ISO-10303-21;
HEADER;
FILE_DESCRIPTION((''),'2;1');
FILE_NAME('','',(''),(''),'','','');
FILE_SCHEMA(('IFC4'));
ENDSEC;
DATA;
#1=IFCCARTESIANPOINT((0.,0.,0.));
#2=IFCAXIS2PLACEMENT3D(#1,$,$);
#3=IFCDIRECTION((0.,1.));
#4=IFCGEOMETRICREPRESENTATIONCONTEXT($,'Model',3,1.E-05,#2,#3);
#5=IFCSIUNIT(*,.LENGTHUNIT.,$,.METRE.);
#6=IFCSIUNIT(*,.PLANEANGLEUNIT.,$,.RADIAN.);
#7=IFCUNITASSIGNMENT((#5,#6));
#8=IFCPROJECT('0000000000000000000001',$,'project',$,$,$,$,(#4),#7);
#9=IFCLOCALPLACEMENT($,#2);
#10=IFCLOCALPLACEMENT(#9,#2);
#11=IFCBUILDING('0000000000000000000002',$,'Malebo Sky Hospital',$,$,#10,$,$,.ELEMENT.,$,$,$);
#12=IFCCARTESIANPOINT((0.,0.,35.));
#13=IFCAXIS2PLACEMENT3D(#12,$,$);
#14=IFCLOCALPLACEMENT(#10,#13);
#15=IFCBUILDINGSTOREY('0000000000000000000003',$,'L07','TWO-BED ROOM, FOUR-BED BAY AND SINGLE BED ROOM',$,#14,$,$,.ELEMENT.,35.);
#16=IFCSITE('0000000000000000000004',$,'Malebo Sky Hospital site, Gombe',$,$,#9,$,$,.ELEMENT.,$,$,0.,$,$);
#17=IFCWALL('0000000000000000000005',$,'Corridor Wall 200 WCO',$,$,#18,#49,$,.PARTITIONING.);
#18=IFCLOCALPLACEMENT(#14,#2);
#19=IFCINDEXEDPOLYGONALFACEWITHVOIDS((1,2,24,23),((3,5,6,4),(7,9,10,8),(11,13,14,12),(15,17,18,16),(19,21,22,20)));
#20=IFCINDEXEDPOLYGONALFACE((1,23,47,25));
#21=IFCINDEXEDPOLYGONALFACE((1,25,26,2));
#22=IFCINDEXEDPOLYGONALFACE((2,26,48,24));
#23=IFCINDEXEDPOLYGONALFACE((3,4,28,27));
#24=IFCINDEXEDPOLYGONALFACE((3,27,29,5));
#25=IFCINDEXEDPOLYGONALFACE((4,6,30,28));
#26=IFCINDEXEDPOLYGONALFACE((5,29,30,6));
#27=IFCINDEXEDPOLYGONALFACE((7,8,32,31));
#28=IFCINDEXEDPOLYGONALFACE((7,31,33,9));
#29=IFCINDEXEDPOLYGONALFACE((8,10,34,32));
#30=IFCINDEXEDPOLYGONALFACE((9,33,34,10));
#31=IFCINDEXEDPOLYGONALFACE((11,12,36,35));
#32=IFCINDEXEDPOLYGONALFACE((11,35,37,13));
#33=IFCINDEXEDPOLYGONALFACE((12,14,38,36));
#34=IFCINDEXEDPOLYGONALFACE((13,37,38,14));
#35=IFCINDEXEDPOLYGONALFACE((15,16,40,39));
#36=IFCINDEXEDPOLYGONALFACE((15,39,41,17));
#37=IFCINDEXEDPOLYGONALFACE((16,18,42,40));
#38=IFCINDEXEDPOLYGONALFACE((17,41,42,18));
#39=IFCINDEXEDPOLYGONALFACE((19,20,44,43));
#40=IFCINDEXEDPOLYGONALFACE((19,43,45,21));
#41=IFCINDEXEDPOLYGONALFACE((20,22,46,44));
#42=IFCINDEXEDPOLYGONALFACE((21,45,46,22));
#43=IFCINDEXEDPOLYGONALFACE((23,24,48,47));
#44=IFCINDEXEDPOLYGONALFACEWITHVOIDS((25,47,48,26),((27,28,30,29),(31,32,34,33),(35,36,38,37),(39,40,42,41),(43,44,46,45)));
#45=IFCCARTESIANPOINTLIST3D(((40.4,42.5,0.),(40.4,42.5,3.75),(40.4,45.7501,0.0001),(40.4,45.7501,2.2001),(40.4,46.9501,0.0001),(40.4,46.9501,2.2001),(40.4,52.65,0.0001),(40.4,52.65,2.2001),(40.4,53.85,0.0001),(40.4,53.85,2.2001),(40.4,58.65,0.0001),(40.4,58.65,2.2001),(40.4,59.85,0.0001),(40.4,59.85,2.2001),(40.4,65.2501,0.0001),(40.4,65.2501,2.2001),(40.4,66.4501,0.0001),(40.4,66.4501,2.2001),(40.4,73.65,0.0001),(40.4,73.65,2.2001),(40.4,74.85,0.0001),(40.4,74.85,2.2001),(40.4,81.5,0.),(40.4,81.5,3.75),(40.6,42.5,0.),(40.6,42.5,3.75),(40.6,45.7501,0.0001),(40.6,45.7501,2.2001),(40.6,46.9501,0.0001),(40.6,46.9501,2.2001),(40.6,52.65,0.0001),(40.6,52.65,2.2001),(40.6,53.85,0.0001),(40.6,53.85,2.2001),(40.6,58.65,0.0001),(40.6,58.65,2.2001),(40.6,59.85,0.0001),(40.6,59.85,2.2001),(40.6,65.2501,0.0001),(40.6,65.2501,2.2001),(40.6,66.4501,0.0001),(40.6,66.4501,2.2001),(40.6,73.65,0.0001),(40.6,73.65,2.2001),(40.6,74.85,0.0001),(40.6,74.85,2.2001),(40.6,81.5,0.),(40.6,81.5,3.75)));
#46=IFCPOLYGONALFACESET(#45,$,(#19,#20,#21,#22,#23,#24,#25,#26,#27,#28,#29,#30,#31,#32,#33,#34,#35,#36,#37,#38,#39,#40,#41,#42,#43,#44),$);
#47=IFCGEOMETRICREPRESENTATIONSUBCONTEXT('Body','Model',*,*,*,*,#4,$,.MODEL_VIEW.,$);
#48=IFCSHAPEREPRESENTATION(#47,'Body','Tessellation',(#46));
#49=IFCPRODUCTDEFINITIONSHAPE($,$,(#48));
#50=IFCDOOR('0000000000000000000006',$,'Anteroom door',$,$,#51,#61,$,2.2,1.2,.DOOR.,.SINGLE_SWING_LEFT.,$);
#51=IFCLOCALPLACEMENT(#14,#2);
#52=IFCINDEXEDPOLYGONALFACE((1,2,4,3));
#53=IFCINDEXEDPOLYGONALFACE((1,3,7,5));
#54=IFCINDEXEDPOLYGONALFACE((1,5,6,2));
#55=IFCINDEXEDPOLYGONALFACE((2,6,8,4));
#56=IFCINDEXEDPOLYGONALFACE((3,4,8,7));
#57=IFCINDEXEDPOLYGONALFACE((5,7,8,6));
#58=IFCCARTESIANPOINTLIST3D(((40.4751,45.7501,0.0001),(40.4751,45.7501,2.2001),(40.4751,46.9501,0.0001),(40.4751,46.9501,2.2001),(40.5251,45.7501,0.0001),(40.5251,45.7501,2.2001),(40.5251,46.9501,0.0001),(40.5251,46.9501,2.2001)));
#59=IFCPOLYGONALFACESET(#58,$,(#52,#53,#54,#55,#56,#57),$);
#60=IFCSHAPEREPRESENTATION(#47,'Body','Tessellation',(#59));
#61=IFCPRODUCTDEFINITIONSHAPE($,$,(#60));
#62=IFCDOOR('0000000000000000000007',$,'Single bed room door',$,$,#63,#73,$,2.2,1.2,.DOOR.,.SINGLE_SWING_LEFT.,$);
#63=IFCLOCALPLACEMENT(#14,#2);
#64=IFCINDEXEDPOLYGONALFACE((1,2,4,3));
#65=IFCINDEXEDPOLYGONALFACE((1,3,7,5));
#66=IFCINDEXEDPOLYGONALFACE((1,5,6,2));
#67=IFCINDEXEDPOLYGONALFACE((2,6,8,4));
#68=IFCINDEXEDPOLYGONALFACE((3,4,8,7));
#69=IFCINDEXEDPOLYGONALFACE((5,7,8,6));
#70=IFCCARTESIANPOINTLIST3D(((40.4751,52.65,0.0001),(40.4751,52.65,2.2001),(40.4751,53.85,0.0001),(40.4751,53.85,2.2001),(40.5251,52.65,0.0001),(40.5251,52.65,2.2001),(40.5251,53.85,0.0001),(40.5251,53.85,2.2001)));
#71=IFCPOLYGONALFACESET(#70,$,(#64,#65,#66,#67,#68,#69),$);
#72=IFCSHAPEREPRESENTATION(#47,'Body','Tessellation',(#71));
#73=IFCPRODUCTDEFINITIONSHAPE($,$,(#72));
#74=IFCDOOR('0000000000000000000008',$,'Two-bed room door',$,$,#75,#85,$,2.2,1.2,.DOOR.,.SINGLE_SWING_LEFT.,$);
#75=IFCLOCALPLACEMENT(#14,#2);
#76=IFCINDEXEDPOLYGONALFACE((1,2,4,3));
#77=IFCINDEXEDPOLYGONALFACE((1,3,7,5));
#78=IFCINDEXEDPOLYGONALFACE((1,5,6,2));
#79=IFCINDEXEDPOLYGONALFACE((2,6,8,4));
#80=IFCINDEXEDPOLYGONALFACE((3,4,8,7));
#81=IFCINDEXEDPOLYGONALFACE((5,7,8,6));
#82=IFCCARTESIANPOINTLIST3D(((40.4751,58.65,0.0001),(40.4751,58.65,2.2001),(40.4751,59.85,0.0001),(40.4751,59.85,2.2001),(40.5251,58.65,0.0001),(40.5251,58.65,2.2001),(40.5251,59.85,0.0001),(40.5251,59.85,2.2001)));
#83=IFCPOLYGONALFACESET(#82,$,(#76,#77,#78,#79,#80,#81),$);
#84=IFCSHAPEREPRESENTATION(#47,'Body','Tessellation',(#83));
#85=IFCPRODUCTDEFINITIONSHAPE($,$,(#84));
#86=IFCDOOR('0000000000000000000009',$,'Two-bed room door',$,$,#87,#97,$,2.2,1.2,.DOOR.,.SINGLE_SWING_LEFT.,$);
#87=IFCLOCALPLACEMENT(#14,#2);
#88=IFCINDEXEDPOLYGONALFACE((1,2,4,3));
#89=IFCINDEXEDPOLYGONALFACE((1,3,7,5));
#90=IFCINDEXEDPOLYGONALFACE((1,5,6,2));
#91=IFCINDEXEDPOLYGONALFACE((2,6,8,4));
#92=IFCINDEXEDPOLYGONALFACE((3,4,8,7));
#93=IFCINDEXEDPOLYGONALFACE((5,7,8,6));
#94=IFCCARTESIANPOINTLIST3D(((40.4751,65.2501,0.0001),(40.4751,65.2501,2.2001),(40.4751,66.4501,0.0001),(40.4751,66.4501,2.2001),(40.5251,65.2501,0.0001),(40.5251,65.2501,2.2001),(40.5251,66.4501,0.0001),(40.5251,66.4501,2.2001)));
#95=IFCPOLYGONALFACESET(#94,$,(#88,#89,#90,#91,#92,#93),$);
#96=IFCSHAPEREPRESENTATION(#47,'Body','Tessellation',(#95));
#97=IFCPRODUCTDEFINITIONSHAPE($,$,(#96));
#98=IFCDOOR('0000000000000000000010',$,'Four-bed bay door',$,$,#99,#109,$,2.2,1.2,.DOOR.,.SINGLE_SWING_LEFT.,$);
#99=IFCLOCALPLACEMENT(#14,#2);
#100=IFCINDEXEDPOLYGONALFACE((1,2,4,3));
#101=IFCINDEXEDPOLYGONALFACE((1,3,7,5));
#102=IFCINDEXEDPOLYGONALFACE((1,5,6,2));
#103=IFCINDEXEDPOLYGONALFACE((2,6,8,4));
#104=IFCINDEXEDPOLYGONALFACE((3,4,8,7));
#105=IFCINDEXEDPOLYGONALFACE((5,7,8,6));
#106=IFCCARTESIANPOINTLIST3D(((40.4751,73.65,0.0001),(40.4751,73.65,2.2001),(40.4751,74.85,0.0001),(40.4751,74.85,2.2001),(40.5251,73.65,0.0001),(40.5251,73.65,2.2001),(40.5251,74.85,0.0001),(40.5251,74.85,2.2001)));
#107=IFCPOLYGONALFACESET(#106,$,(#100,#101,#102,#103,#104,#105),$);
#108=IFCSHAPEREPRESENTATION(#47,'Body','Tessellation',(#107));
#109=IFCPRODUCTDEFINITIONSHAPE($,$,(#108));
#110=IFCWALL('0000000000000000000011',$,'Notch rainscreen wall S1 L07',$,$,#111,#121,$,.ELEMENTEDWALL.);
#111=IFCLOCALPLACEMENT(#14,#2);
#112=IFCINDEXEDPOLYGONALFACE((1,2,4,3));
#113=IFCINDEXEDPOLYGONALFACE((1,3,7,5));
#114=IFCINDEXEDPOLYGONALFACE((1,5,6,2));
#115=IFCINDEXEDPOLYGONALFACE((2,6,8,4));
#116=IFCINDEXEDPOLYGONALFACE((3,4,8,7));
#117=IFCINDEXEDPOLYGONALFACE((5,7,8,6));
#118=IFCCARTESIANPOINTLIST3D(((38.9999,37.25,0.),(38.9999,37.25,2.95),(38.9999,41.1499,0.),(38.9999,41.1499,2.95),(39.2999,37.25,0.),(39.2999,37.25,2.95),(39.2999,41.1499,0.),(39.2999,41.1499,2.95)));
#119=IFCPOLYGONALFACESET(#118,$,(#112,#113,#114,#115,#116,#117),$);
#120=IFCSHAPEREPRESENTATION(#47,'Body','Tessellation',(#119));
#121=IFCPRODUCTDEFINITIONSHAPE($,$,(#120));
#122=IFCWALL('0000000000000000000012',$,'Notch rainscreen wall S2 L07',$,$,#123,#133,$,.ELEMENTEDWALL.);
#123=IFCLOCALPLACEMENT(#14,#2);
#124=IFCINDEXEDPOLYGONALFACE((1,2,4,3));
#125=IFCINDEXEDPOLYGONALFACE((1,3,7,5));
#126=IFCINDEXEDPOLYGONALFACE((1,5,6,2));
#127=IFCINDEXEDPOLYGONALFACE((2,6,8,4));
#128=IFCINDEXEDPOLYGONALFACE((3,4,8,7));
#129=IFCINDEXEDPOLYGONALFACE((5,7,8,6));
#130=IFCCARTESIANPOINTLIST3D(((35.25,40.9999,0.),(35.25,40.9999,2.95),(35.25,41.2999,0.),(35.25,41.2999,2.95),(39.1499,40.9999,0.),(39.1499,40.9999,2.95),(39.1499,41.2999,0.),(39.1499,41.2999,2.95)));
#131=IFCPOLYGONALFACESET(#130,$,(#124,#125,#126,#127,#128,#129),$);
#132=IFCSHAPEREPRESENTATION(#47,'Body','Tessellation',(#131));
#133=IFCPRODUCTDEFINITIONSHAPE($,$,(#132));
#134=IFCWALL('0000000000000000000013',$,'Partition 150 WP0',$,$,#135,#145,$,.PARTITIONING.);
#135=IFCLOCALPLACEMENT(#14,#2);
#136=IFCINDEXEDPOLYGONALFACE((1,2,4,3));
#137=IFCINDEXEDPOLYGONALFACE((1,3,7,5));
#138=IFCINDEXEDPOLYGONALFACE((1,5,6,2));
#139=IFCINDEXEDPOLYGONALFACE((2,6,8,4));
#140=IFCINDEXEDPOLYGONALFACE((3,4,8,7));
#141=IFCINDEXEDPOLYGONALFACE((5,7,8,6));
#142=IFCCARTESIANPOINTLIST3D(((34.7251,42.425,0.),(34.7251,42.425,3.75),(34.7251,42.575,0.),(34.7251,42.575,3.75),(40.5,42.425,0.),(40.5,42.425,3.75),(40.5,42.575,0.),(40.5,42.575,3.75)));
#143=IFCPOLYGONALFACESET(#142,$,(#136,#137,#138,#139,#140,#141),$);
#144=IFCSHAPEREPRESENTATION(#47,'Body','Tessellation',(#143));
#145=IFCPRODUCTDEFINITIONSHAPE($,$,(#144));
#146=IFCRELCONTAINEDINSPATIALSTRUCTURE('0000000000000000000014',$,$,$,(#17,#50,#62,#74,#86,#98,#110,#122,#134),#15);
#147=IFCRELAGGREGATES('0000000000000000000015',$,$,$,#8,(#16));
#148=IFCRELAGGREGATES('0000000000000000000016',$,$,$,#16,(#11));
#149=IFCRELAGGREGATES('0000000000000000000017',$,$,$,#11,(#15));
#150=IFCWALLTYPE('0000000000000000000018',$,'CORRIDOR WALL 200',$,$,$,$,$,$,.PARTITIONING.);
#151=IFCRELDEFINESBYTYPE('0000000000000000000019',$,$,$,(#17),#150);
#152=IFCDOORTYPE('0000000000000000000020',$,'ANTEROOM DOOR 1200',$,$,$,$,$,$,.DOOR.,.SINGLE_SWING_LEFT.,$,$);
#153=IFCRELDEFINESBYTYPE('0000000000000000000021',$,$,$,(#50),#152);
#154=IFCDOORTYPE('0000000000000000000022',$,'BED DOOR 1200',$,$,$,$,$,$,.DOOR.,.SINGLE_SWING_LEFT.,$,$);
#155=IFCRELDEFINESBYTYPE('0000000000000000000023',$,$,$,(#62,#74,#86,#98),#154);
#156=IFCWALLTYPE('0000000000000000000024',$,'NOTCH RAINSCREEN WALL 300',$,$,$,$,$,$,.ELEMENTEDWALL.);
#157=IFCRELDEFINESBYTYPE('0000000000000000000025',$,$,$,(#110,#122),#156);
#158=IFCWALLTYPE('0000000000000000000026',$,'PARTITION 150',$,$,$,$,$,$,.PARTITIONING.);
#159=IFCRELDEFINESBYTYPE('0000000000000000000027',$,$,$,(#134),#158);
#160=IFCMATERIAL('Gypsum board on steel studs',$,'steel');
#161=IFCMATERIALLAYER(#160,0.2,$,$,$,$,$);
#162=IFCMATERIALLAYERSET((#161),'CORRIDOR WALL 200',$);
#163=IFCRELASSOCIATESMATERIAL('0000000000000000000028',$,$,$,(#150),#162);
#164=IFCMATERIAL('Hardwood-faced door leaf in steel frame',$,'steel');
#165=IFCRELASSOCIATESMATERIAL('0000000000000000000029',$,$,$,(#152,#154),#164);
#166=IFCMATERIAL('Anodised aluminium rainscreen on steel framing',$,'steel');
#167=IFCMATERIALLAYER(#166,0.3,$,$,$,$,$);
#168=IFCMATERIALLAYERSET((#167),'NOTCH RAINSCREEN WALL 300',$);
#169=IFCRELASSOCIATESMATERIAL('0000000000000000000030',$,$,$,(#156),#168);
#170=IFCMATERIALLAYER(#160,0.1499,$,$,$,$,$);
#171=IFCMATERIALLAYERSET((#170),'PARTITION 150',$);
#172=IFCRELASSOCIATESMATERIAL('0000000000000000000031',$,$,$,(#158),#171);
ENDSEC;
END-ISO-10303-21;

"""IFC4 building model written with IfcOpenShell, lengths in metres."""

from ifc_helpers import new_model, si_unit, direction, frame, frame_2d, origin, place, context, subcontext, project, spatial, rectangle, extrude, material, layer, layer_set, type_object, element, fill, save


model = new_model("IFC4")

# Units and contexts
model_context = context("Model", 3, precision=1e-05, world=origin(), true_north=direction((0.0, 1.0)))
body_context = subcontext(model_context, "Body", "Model", "MODEL_VIEW")
ifc_project = project(units=[si_unit("LENGTHUNIT", "METRE"), si_unit("PLANEANGLEUNIT", "RADIAN")], contexts=[model_context])

# Site, building, storey
site_placement = place(None, origin())
site = spatial("IfcSite", under=ifc_project, at=site_placement, Name="Malebo Sky Hospital site, Gombe", CompositionType="ELEMENT", RefElevation=0.0)
building_placement = place(site_placement, origin())
building = spatial("IfcBuilding", under=site, at=building_placement, Name="Malebo Sky Hospital", CompositionType="ELEMENT")
storey_placement = place(building_placement, frame((0.0, 0.0, 35.0)))
storey = spatial("IfcBuildingStorey", under=building, at=storey_placement, Name="L07", Description="TWO-BED ROOM, FOUR-BED BAY AND SINGLE BED ROOM", CompositionType="ELEMENT", Elevation=35.0)

# Wall, openings, doors
ifc_material_1 = material(Name="Gypsum board on steel studs", Category="steel")
ifc_layer_1 = layer(ifc_material_1, 0.2)
ifc_layer_set_1 = layer_set([ifc_layer_1], Name="CORRIDOR WALL 200")
wall_type_1 = type_object("IfcWallType", Name="CORRIDOR WALL 200", PredefinedType="PARTITIONING", material=ifc_layer_set_1)
wall_1_placement = place(storey_placement, frame((40.5, 42.5, 0.0), z_axis=(0.0, 0.0, 1.0), x_axis=(0.0, 1.0, 0.0)))
wall_1 = element("IfcWall", 1, at=wall_1_placement, inside=storey, type_object=wall_type_1, Name="Corridor Wall 200 WCO", PredefinedType="PARTITIONING", context=body_context, shape_type="SweptSolid", body=[
    extrude(rectangle(XDim=39.0, YDim=0.2, at=frame_2d((19.5, 0.0))), origin(), (0.0, 0.0, 1.0), 3.75),
])
opening_1_placement = place(wall_1_placement, frame((3.25, 0.0, 0.0)))
opening_1 = element("IfcOpeningElement", 2, at=opening_1_placement, cuts=wall_1, PredefinedType="OPENING", context=body_context, shape_type="SweptSolid", body=[
    extrude(rectangle(XDim=1.2, YDim=2.2, at=frame_2d((0.6001, 1.1001))), frame((0.0, 0.1099, 0.0), z_axis=(0.0, -1.0, 0.0), x_axis=(1.0, 0.0, 0.0)), (0.0, 0.0, 1.0), 0.22),
])
opening_2_placement = place(wall_1_placement, frame((10.1499, 0.0, 0.0)))
opening_2 = element("IfcOpeningElement", 3, at=opening_2_placement, cuts=wall_1, PredefinedType="OPENING", context=body_context, shape_type="SweptSolid", body=[
    extrude(rectangle(XDim=1.2, YDim=2.2, at=frame_2d((0.6001, 1.1001))), frame((0.0, 0.1099, 0.0), z_axis=(0.0, -1.0, 0.0), x_axis=(1.0, 0.0, 0.0)), (0.0, 0.0, 1.0), 0.22),
])
opening_3_placement = place(wall_1_placement, frame((16.1499, 0.0, 0.0)))
opening_3 = element("IfcOpeningElement", 4, at=opening_3_placement, cuts=wall_1, PredefinedType="OPENING", context=body_context, shape_type="SweptSolid", body=[
    extrude(rectangle(XDim=1.2, YDim=2.2, at=frame_2d((0.6001, 1.1001))), frame((0.0, 0.1099, 0.0), z_axis=(0.0, -1.0, 0.0), x_axis=(1.0, 0.0, 0.0)), (0.0, 0.0, 1.0), 0.22),
])
opening_4_placement = place(wall_1_placement, frame((22.75, 0.0, 0.0)))
opening_4 = element("IfcOpeningElement", 5, at=opening_4_placement, cuts=wall_1, PredefinedType="OPENING", context=body_context, shape_type="SweptSolid", body=[
    extrude(rectangle(XDim=1.2, YDim=2.2, at=frame_2d((0.6001, 1.1001))), frame((0.0, 0.1099, 0.0), z_axis=(0.0, -1.0, 0.0), x_axis=(1.0, 0.0, 0.0)), (0.0, 0.0, 1.0), 0.22),
])
opening_5_placement = place(wall_1_placement, frame((31.1499, 0.0, 0.0)))
opening_5 = element("IfcOpeningElement", 6, at=opening_5_placement, cuts=wall_1, PredefinedType="OPENING", context=body_context, shape_type="SweptSolid", body=[
    extrude(rectangle(XDim=1.2, YDim=2.2, at=frame_2d((0.6001, 1.1001))), frame((0.0, 0.1099, 0.0), z_axis=(0.0, -1.0, 0.0), x_axis=(1.0, 0.0, 0.0)), (0.0, 0.0, 1.0), 0.22),
])
ifc_material_2 = material(Name="Hardwood-faced door leaf in steel frame", Category="steel")
door_type_1 = type_object("IfcDoorType", Name="ANTEROOM DOOR 1200", OperationType="SINGLE_SWING_LEFT", PredefinedType="DOOR", material=ifc_material_2)
door_1_placement = place(opening_1_placement, origin())
door_1 = element("IfcDoor", 7, at=door_1_placement, inside=storey, type_object=door_type_1, Name="Anteroom door", OperationType="SINGLE_SWING_LEFT", OverallHeight=2.2, OverallWidth=1.2, PredefinedType="DOOR", context=body_context, shape_type="SweptSolid", body=[
    extrude(rectangle(XDim=1.2, YDim=2.2, at=frame_2d((0.6001, 1.1001))), frame((0.0, 0.0249, 0.0), z_axis=(0.0, -1.0, 0.0), x_axis=(1.0, 0.0, 0.0)), (0.0, 0.0, 1.0), 0.05),
])
fill(opening_1, door_1)
door_type_2 = type_object("IfcDoorType", Name="BED DOOR 1200", OperationType="SINGLE_SWING_LEFT", PredefinedType="DOOR", material=ifc_material_2)
door_2_placement = place(opening_2_placement, origin())
door_2 = element("IfcDoor", 8, at=door_2_placement, inside=storey, type_object=door_type_2, Name="Single bed room door", OperationType="SINGLE_SWING_LEFT", OverallHeight=2.2, OverallWidth=1.2, PredefinedType="DOOR", context=body_context, shape_type="SweptSolid", body=[
    extrude(rectangle(XDim=1.2, YDim=2.2, at=frame_2d((0.6001, 1.1001))), frame((0.0, 0.0249, 0.0), z_axis=(0.0, -1.0, 0.0), x_axis=(1.0, 0.0, 0.0)), (0.0, 0.0, 1.0), 0.05),
])
fill(opening_2, door_2)
door_3_placement = place(opening_3_placement, origin())
door_3 = element("IfcDoor", 9, at=door_3_placement, inside=storey, type_object=door_type_2, Name="Two-bed room door", OperationType="SINGLE_SWING_LEFT", OverallHeight=2.2, OverallWidth=1.2, PredefinedType="DOOR", context=body_context, shape_type="SweptSolid", body=[
    extrude(rectangle(XDim=1.2, YDim=2.2, at=frame_2d((0.6001, 1.1001))), frame((0.0, 0.0249, 0.0), z_axis=(0.0, -1.0, 0.0), x_axis=(1.0, 0.0, 0.0)), (0.0, 0.0, 1.0), 0.05),
])
fill(opening_3, door_3)
door_4_placement = place(opening_4_placement, origin())
door_4 = element("IfcDoor", 10, at=door_4_placement, inside=storey, type_object=door_type_2, Name="Two-bed room door", OperationType="SINGLE_SWING_LEFT", OverallHeight=2.2, OverallWidth=1.2, PredefinedType="DOOR", context=body_context, shape_type="SweptSolid", body=[
    extrude(rectangle(XDim=1.2, YDim=2.2, at=frame_2d((0.6001, 1.1001))), frame((0.0, 0.0249, 0.0), z_axis=(0.0, -1.0, 0.0), x_axis=(1.0, 0.0, 0.0)), (0.0, 0.0, 1.0), 0.05),
])
fill(opening_4, door_4)
door_5_placement = place(opening_5_placement, origin())
door_5 = element("IfcDoor", 11, at=door_5_placement, inside=storey, type_object=door_type_2, Name="Four-bed bay door", OperationType="SINGLE_SWING_LEFT", OverallHeight=2.2, OverallWidth=1.2, PredefinedType="DOOR", context=body_context, shape_type="SweptSolid", body=[
    extrude(rectangle(XDim=1.2, YDim=2.2, at=frame_2d((0.6001, 1.1001))), frame((0.0, 0.0249, 0.0), z_axis=(0.0, -1.0, 0.0), x_axis=(1.0, 0.0, 0.0)), (0.0, 0.0, 1.0), 0.05),
])
fill(opening_5, door_5)

# Walls
ifc_material_3 = material(Name="Anodised aluminium rainscreen on steel framing", Category="steel")
ifc_layer_2 = layer(ifc_material_3, 0.3)
ifc_layer_set_2 = layer_set([ifc_layer_2], Name="NOTCH RAINSCREEN WALL 300")
wall_type_2 = type_object("IfcWallType", Name="NOTCH RAINSCREEN WALL 300", PredefinedType="ELEMENTEDWALL", material=ifc_layer_set_2)
for number, where, z_axis, x_axis, name in (
    (12, (39.1499, 37.25, 0.0), (0.0, 0.0, 1.0), (0.0, 1.0, 0.0), "Notch rainscreen wall S1 L07"),
    (13, (39.1499, 41.1499, 0.0), (0.0, 0.0, 1.0), (-1.0, 0.0, 0.0), "Notch rainscreen wall S2 L07"),
):
    element("IfcWall", number, at=place(storey_placement, frame(where, z_axis=z_axis, x_axis=x_axis)), inside=storey, type_object=wall_type_2, Name=name, PredefinedType="ELEMENTEDWALL", context=body_context, shape_type="SweptSolid", body=[
        extrude(rectangle(XDim=3.8999, YDim=0.3, at=frame_2d((1.95, 0.0))), origin(), (0.0, 0.0, 1.0), 2.95),
    ])
ifc_layer_3 = layer(ifc_material_1, 0.1499)
ifc_layer_set_3 = layer_set([ifc_layer_3], Name="PARTITION 150")
wall_type_3 = type_object("IfcWallType", Name="PARTITION 150", PredefinedType="PARTITIONING", material=ifc_layer_set_3)
wall_2_placement = place(storey_placement, frame((40.5, 42.5, 0.0), z_axis=(0.0, 0.0, 1.0), x_axis=(-1.0, 0.0, 0.0)))
element("IfcWall", 14, at=wall_2_placement, inside=storey, type_object=wall_type_3, Name="Partition 150 WP0", PredefinedType="PARTITIONING", context=body_context, shape_type="SweptSolid", body=[
    extrude(rectangle(XDim=5.7749, YDim=0.1499, at=frame_2d((2.8875, 0.0))), origin(), (0.0, 0.0, 1.0), 3.75),
])

save(model, "model.ifc")
